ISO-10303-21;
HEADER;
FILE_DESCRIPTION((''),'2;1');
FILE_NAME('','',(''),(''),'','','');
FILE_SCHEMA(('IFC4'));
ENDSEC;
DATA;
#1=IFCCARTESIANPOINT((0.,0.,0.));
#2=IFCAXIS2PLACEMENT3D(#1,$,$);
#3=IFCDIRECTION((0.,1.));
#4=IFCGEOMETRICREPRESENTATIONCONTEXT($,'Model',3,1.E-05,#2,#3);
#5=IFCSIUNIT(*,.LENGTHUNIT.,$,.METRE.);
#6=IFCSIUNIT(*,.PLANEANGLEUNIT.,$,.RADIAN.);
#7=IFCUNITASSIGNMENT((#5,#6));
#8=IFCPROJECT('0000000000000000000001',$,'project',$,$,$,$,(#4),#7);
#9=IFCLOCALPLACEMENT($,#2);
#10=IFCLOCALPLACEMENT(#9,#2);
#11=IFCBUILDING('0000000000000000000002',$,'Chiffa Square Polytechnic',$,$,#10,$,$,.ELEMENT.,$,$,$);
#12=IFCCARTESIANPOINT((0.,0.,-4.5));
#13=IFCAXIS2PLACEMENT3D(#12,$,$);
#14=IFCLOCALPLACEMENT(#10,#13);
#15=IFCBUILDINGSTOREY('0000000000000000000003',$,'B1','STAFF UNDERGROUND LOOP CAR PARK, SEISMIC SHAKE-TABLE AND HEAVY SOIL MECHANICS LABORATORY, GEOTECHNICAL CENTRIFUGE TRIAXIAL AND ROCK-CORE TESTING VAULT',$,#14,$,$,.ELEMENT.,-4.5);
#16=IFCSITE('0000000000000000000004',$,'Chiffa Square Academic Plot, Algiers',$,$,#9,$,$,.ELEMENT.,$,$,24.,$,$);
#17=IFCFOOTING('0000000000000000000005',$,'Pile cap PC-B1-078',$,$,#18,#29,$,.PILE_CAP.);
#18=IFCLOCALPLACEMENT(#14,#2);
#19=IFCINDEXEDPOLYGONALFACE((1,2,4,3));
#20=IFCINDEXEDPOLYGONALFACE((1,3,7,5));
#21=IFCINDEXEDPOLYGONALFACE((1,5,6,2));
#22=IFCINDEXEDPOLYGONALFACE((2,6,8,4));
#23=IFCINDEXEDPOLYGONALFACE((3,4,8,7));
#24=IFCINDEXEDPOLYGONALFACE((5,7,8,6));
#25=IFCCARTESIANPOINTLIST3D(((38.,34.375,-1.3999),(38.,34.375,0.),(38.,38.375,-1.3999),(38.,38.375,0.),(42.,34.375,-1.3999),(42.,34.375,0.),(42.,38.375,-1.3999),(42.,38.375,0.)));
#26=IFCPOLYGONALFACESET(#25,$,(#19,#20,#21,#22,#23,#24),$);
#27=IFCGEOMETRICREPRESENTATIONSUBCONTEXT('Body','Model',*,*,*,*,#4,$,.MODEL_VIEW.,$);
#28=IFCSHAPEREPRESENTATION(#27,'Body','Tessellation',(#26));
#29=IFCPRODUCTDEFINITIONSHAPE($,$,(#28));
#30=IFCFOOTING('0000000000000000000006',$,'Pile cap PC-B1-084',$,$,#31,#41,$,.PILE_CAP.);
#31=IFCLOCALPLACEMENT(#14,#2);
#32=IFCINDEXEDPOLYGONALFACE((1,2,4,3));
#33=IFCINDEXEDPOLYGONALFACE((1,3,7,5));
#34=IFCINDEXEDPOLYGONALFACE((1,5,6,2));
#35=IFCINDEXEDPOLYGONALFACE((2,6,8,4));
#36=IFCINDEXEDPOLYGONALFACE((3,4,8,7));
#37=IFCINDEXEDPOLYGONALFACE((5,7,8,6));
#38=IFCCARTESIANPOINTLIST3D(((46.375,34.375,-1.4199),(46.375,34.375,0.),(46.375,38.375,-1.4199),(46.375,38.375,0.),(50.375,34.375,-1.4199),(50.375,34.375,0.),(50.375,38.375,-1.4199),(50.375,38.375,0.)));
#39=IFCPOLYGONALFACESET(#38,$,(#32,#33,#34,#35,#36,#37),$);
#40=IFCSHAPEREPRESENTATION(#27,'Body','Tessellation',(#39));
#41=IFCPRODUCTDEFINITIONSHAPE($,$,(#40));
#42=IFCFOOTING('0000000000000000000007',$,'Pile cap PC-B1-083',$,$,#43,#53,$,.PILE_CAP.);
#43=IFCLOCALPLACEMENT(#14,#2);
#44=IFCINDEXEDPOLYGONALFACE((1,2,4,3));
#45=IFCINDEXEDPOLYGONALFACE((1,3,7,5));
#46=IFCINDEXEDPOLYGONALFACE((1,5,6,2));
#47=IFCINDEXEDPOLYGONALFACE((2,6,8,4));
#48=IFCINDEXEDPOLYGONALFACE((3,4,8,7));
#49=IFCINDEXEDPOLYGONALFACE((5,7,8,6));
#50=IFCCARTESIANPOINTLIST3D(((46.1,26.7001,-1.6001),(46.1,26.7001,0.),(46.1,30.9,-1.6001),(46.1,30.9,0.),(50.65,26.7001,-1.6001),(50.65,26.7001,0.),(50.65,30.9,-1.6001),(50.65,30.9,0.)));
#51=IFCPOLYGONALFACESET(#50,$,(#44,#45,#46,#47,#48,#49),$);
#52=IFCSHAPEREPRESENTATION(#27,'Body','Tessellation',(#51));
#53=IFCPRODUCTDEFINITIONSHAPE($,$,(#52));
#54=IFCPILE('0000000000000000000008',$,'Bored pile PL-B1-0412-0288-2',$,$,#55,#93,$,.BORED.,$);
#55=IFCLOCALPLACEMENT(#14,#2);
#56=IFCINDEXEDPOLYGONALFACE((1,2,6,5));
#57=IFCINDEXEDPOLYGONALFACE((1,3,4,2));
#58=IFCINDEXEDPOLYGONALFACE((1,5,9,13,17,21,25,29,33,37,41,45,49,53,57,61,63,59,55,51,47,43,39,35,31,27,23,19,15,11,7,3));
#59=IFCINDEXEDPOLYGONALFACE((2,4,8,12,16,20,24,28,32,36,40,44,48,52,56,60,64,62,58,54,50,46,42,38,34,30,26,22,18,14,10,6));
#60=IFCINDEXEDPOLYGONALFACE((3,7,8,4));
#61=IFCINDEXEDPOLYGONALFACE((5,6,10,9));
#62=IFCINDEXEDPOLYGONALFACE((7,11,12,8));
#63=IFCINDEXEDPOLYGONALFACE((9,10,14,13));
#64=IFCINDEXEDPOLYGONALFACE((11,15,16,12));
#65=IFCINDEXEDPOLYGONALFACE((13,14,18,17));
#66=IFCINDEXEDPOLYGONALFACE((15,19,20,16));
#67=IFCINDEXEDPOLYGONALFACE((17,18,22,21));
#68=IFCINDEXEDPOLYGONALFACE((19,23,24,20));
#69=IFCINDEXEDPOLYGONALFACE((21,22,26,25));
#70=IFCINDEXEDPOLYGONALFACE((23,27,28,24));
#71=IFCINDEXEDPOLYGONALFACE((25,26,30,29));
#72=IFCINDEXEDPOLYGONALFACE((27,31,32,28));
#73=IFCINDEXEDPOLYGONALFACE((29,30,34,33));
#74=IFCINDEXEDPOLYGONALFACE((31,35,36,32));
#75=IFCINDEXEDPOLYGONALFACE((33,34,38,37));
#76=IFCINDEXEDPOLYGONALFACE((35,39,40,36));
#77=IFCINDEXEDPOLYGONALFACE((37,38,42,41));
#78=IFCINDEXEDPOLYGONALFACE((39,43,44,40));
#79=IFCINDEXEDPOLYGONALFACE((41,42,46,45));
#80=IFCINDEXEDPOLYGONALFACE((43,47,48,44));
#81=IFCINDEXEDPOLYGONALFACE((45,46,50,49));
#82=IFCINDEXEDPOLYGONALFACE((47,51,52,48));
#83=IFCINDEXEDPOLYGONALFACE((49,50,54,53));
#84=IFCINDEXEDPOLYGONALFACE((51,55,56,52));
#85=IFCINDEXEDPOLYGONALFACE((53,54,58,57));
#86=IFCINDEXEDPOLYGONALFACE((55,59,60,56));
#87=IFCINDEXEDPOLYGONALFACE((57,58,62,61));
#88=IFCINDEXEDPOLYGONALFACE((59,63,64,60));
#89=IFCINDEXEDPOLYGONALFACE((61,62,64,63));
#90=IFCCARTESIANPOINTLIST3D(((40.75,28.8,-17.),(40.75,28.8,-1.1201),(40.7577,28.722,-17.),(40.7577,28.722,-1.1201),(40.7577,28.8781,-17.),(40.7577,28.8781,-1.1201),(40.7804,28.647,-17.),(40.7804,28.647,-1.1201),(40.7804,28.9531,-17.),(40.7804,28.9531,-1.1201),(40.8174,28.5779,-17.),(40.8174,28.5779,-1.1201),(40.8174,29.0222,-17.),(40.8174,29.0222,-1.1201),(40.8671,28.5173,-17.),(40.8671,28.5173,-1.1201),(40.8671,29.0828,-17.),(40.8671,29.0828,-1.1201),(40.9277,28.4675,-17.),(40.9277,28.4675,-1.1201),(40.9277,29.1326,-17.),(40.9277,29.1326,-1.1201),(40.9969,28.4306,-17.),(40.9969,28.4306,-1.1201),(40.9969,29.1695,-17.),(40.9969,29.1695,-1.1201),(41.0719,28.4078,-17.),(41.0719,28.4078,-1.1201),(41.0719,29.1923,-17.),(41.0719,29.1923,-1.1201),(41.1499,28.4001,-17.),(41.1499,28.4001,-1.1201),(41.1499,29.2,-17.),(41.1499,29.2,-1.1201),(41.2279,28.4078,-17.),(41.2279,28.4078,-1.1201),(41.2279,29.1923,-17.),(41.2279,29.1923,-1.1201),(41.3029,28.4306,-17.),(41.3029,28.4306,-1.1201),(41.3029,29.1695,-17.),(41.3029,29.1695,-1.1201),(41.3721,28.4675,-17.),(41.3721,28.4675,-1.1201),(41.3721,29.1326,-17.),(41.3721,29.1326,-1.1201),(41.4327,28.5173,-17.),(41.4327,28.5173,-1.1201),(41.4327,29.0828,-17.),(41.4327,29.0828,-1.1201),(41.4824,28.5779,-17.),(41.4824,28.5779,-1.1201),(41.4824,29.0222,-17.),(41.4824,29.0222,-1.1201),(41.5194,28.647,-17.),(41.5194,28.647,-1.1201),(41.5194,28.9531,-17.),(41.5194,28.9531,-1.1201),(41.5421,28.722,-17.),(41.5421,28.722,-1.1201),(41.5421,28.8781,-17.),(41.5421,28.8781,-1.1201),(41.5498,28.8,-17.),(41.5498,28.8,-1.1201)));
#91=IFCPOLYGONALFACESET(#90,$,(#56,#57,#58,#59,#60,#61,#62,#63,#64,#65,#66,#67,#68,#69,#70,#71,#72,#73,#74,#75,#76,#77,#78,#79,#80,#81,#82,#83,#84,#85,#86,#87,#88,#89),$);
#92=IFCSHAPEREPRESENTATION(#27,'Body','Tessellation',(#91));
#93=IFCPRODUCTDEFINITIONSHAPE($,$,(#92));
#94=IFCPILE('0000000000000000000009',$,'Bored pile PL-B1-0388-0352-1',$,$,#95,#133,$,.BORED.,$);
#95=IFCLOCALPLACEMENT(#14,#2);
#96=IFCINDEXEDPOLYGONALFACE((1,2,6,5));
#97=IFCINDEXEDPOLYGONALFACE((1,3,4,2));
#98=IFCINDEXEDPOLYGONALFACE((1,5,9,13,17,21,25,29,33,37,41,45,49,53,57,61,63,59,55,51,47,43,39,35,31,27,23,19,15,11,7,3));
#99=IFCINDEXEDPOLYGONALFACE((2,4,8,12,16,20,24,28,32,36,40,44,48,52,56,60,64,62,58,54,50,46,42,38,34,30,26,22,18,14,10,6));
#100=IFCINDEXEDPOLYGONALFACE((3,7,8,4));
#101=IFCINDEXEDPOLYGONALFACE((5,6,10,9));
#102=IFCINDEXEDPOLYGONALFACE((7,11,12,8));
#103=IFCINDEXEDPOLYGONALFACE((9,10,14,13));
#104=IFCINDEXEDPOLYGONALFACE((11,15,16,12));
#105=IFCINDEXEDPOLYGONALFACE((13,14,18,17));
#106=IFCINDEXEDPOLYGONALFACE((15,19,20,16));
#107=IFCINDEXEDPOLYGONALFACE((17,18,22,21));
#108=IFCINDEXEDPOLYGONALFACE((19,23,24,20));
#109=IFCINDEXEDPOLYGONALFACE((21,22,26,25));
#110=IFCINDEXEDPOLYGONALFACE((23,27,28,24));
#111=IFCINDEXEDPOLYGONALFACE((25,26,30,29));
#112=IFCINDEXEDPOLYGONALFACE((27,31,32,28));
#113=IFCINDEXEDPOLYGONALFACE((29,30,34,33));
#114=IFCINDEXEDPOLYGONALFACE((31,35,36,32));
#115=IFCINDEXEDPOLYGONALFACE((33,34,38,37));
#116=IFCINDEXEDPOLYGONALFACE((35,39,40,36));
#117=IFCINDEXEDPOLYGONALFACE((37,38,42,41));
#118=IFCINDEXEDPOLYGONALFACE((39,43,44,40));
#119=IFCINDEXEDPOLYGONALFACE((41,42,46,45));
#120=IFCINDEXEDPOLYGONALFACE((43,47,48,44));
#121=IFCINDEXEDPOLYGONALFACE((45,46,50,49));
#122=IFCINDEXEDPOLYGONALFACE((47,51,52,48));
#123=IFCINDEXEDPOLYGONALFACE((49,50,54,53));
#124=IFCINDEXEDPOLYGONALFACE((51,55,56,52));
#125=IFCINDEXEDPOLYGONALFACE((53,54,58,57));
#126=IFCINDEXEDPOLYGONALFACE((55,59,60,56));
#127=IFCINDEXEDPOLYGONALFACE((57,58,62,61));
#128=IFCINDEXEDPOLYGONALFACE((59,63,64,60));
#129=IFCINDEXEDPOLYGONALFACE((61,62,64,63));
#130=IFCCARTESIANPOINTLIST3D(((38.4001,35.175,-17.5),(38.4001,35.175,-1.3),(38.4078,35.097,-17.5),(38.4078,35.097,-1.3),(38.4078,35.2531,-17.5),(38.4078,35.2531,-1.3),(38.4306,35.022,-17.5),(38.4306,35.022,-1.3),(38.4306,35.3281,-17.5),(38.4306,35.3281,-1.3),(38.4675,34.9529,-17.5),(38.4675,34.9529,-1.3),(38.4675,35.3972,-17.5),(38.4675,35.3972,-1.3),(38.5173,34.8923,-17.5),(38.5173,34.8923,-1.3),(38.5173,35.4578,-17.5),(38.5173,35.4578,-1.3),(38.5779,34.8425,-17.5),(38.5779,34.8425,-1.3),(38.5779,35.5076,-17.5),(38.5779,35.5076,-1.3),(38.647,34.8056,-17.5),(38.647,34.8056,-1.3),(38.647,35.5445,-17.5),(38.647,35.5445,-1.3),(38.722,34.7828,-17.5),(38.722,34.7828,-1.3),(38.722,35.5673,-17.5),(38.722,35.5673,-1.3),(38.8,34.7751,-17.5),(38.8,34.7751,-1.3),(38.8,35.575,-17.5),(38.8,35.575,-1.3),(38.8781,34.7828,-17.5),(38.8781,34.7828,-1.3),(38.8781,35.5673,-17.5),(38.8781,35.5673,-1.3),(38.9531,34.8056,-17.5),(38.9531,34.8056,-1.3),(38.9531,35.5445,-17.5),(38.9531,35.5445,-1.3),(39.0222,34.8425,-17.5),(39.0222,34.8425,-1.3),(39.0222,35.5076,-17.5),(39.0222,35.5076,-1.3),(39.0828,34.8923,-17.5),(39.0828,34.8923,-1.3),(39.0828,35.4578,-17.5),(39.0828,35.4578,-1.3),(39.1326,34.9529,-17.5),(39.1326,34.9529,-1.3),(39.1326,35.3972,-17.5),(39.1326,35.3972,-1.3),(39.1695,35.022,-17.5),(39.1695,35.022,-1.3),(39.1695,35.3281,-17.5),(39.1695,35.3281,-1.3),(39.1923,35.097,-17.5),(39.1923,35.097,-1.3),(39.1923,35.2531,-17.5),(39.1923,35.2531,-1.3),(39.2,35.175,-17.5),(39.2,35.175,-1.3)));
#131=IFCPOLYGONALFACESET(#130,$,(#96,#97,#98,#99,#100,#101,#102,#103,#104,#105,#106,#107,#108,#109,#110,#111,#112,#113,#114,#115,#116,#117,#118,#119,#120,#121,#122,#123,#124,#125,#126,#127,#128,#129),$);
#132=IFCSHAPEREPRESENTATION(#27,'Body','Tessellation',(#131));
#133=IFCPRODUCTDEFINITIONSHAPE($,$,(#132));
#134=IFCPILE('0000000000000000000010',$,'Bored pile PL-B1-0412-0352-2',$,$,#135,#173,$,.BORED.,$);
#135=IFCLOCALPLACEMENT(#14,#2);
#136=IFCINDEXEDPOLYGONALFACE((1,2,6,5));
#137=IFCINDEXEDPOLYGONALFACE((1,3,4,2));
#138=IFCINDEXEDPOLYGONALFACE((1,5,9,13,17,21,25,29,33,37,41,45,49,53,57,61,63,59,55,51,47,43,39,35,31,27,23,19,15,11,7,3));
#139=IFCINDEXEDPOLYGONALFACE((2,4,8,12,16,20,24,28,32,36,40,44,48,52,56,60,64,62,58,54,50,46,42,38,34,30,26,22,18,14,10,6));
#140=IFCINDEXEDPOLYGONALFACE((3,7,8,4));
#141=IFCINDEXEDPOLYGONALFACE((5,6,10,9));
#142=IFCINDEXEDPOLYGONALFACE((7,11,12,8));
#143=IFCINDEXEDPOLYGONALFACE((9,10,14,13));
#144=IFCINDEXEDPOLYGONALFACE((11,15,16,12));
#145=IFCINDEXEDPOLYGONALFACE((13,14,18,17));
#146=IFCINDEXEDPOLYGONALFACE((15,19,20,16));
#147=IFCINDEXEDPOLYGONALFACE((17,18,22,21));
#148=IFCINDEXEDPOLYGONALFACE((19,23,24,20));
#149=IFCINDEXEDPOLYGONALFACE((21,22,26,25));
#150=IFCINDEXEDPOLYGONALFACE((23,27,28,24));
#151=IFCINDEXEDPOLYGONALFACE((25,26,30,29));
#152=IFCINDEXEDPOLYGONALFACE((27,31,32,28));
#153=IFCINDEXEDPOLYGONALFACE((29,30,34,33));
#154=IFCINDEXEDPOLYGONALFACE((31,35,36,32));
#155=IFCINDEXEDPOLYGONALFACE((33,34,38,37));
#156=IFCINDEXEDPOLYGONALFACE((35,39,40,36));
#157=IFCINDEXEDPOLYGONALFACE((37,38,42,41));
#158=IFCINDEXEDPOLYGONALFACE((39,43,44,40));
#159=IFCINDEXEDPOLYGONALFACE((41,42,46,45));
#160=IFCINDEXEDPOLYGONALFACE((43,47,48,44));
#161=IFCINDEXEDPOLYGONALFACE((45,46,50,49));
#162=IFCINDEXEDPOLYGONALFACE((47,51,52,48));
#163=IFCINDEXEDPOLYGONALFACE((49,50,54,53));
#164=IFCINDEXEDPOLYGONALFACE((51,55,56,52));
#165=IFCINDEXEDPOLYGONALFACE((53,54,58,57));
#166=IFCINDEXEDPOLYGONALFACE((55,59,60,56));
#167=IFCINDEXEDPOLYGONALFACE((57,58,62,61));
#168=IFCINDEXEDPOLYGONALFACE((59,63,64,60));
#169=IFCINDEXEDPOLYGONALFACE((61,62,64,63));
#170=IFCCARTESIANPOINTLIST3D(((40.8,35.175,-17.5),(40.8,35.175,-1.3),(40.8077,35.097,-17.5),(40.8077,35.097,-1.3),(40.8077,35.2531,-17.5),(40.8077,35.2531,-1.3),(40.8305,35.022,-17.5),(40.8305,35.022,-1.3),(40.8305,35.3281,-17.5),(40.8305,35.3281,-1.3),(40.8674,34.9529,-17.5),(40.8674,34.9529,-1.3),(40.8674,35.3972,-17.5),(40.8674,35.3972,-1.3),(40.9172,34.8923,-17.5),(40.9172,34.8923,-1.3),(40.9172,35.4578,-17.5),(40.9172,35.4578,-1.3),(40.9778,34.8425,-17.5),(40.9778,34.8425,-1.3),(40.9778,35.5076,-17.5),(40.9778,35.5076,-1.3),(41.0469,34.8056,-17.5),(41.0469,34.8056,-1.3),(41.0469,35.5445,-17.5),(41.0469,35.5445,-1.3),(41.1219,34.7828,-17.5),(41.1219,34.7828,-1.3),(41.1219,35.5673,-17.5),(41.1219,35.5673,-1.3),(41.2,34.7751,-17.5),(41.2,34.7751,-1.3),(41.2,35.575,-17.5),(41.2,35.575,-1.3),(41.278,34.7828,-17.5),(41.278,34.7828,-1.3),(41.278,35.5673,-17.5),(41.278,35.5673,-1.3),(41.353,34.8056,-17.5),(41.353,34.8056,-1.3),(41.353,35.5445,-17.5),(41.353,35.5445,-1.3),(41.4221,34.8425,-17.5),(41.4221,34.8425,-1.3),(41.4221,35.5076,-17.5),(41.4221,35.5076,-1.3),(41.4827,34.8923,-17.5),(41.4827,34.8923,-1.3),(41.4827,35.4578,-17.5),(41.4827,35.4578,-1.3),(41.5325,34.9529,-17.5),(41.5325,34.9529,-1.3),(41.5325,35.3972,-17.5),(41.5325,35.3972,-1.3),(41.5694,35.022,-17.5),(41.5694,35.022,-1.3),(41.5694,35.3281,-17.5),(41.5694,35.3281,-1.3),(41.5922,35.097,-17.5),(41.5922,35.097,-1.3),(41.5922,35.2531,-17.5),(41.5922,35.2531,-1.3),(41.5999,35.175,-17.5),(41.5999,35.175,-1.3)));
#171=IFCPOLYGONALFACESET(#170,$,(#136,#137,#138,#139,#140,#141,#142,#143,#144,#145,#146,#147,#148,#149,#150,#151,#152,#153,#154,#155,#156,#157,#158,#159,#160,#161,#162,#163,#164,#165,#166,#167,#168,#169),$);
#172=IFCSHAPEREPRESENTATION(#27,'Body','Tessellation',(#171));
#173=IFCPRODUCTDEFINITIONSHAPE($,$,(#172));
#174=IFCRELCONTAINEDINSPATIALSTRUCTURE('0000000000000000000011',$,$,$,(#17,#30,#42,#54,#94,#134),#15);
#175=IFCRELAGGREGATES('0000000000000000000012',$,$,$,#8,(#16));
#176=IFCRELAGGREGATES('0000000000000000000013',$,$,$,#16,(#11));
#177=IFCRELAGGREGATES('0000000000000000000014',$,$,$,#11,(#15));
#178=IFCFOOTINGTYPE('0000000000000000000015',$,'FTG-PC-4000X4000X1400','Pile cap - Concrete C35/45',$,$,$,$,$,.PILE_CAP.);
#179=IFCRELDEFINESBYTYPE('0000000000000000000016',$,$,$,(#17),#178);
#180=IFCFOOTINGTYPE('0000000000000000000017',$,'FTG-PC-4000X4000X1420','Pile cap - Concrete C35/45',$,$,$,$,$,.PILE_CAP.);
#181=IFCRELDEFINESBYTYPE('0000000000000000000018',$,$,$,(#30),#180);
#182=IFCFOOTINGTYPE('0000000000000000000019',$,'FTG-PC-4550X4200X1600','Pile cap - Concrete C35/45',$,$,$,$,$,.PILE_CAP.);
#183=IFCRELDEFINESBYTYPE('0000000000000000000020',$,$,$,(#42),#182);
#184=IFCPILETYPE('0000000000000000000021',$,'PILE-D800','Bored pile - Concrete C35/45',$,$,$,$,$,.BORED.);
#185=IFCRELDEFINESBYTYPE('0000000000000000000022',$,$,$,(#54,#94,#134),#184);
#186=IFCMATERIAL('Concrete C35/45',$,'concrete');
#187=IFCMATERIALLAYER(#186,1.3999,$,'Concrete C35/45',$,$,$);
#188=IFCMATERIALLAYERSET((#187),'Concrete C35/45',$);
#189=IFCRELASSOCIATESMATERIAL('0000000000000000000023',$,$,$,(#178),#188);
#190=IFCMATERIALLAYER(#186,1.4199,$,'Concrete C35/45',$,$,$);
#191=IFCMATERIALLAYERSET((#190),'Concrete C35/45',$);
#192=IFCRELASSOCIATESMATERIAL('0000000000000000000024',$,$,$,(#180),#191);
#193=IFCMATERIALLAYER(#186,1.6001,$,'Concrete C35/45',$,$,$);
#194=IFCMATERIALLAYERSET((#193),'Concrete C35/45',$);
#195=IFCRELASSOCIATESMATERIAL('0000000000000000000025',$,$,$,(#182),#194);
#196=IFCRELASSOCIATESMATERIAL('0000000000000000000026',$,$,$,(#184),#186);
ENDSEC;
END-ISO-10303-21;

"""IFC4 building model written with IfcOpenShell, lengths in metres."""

from ifc_helpers import new_model, si_unit, direction, frame, origin, origin_2d, place, context, subcontext, project, spatial, rectangle, circle, extrude, material, layer, layer_set, material_profile, profile_set, type_object, element, save


model = new_model("IFC4")

# Units and contexts
model_context = context("Model", 3, precision=1e-05, world=origin(), true_north=direction((0.0, 1.0)))
body_context = subcontext(model_context, "Body", "Model", "MODEL_VIEW")
ifc_project = project(units=[si_unit("LENGTHUNIT", "METRE"), si_unit("PLANEANGLEUNIT", "RADIAN")], contexts=[model_context])

# Site, building, storey
site_placement = place(None, origin())
site = spatial("IfcSite", under=ifc_project, at=site_placement, Name="Chiffa Square Academic Plot, Algiers", CompositionType="ELEMENT", RefElevation=24.0)
building_placement = place(site_placement, origin())
building = spatial("IfcBuilding", under=site, at=building_placement, Name="Chiffa Square Polytechnic", CompositionType="ELEMENT")
storey_placement = place(building_placement, frame((0.0, 0.0, -4.5)))
storey = spatial("IfcBuildingStorey", under=building, at=storey_placement, Name="B1", Description="STAFF UNDERGROUND LOOP CAR PARK, SEISMIC SHAKE-TABLE AND HEAVY SOIL MECHANICS LABORATORY, GEOTECHNICAL CENTRIFUGE TRIAXIAL AND ROCK-CORE TESTING VAULT", CompositionType="ELEMENT", Elevation=-4.5)

# Footings
ifc_material = material(Name="Concrete C35/45", Category="concrete")
ifc_layer_1 = layer(ifc_material, 1.3999, Name="Concrete C35/45")
ifc_layer_set_1 = layer_set([ifc_layer_1], Name="Concrete C35/45")
footing_type_1 = type_object("IfcFootingType", Name="FTG-PC-4000X4000X1400", Description="Pile cap - Concrete C35/45", PredefinedType="PILE_CAP", material=ifc_layer_set_1)
footing_1_placement = place(storey_placement, frame((40.0, 36.375, -1.3999), z_axis=(0.0, 0.0, 1.0), x_axis=(1.0, 0.0, 0.0)))
element("IfcFooting", 1, at=footing_1_placement, inside=storey, type_object=footing_type_1, Name="Pile cap PC-B1-078", PredefinedType="PILE_CAP", context=body_context, shape_type="SweptSolid", body=[
    extrude(rectangle(XDim=4.0, YDim=4.0, at=origin_2d()), origin(), (0.0, 0.0, 1.0), 1.3999),
])
ifc_layer_2 = layer(ifc_material, 1.4199, Name="Concrete C35/45")
ifc_layer_set_2 = layer_set([ifc_layer_2], Name="Concrete C35/45")
footing_type_2 = type_object("IfcFootingType", Name="FTG-PC-4000X4000X1420", Description="Pile cap - Concrete C35/45", PredefinedType="PILE_CAP", material=ifc_layer_set_2)
footing_2_placement = place(storey_placement, frame((48.375, 36.375, -1.4199), z_axis=(0.0, 0.0, 1.0), x_axis=(1.0, 0.0, 0.0)))
element("IfcFooting", 2, at=footing_2_placement, inside=storey, type_object=footing_type_2, Name="Pile cap PC-B1-084", PredefinedType="PILE_CAP", context=body_context, shape_type="SweptSolid", body=[
    extrude(rectangle(XDim=4.0, YDim=4.0, at=origin_2d()), origin(), (0.0, 0.0, 1.0), 1.4199),
])
ifc_layer_3 = layer(ifc_material, 1.6001, Name="Concrete C35/45")
ifc_layer_set_3 = layer_set([ifc_layer_3], Name="Concrete C35/45")
footing_type_3 = type_object("IfcFootingType", Name="FTG-PC-4550X4200X1600", Description="Pile cap - Concrete C35/45", PredefinedType="PILE_CAP", material=ifc_layer_set_3)
footing_3_placement = place(storey_placement, frame((48.375, 28.8, -1.6001), z_axis=(0.0, 0.0, 1.0), x_axis=(1.0, 0.0, 0.0)))
element("IfcFooting", 3, at=footing_3_placement, inside=storey, type_object=footing_type_3, Name="Pile cap PC-B1-083", PredefinedType="PILE_CAP", context=body_context, shape_type="SweptSolid", body=[
    extrude(rectangle(XDim=4.55, YDim=4.2, at=origin_2d()), origin(), (0.0, 0.0, 1.0), 1.6001),
])

# Piles
ifc_material_profile_1 = material_profile(ifc_material, circle(Radius=0.3999, at=origin_2d()), Name="PILE D800")
ifc_profile_set_1 = profile_set([ifc_material_profile_1], Name="Concrete C35/45")
pile_type_1 = type_object("IfcPileType", Name="PILE-D800", Description="Bored pile - Concrete C35/45", PredefinedType="BORED", material=ifc_profile_set_1)
pile_1_placement = place(storey_placement, frame((41.1499, 28.8, -1.1201), z_axis=(0.0, 0.0, -1.0), x_axis=(1.0, 0.0, 0.0)))
element("IfcPile", 4, at=pile_1_placement, inside=storey, type_object=pile_type_1, Name="Bored pile PL-B1-0412-0288-2", PredefinedType="BORED", context=body_context, shape_type="SweptSolid", body=[
    extrude(circle(Radius=0.3999, at=origin_2d()), origin(), (0.0, 0.0, 1.0), 15.8799),
])
for number, where, z_axis, x_axis, name in (
    (5, (38.8, 35.175, -1.3), (0.0, 0.0, -1.0), (1.0, 0.0, 0.0), "Bored pile PL-B1-0388-0352-1"),
    (6, (41.2, 35.175, -1.3), (0.0, 0.0, -1.0), (1.0, 0.0, 0.0), "Bored pile PL-B1-0412-0352-2"),
):
    element("IfcPile", number, at=place(storey_placement, frame(where, z_axis=z_axis, x_axis=x_axis)), inside=storey, type_object=pile_type_1, Name=name, PredefinedType="BORED", context=body_context, shape_type="SweptSolid", body=[
        extrude(circle(Radius=0.3999, at=origin_2d()), origin(), (0.0, 0.0, 1.0), 16.2),
    ])

save(model, "model.ifc")
